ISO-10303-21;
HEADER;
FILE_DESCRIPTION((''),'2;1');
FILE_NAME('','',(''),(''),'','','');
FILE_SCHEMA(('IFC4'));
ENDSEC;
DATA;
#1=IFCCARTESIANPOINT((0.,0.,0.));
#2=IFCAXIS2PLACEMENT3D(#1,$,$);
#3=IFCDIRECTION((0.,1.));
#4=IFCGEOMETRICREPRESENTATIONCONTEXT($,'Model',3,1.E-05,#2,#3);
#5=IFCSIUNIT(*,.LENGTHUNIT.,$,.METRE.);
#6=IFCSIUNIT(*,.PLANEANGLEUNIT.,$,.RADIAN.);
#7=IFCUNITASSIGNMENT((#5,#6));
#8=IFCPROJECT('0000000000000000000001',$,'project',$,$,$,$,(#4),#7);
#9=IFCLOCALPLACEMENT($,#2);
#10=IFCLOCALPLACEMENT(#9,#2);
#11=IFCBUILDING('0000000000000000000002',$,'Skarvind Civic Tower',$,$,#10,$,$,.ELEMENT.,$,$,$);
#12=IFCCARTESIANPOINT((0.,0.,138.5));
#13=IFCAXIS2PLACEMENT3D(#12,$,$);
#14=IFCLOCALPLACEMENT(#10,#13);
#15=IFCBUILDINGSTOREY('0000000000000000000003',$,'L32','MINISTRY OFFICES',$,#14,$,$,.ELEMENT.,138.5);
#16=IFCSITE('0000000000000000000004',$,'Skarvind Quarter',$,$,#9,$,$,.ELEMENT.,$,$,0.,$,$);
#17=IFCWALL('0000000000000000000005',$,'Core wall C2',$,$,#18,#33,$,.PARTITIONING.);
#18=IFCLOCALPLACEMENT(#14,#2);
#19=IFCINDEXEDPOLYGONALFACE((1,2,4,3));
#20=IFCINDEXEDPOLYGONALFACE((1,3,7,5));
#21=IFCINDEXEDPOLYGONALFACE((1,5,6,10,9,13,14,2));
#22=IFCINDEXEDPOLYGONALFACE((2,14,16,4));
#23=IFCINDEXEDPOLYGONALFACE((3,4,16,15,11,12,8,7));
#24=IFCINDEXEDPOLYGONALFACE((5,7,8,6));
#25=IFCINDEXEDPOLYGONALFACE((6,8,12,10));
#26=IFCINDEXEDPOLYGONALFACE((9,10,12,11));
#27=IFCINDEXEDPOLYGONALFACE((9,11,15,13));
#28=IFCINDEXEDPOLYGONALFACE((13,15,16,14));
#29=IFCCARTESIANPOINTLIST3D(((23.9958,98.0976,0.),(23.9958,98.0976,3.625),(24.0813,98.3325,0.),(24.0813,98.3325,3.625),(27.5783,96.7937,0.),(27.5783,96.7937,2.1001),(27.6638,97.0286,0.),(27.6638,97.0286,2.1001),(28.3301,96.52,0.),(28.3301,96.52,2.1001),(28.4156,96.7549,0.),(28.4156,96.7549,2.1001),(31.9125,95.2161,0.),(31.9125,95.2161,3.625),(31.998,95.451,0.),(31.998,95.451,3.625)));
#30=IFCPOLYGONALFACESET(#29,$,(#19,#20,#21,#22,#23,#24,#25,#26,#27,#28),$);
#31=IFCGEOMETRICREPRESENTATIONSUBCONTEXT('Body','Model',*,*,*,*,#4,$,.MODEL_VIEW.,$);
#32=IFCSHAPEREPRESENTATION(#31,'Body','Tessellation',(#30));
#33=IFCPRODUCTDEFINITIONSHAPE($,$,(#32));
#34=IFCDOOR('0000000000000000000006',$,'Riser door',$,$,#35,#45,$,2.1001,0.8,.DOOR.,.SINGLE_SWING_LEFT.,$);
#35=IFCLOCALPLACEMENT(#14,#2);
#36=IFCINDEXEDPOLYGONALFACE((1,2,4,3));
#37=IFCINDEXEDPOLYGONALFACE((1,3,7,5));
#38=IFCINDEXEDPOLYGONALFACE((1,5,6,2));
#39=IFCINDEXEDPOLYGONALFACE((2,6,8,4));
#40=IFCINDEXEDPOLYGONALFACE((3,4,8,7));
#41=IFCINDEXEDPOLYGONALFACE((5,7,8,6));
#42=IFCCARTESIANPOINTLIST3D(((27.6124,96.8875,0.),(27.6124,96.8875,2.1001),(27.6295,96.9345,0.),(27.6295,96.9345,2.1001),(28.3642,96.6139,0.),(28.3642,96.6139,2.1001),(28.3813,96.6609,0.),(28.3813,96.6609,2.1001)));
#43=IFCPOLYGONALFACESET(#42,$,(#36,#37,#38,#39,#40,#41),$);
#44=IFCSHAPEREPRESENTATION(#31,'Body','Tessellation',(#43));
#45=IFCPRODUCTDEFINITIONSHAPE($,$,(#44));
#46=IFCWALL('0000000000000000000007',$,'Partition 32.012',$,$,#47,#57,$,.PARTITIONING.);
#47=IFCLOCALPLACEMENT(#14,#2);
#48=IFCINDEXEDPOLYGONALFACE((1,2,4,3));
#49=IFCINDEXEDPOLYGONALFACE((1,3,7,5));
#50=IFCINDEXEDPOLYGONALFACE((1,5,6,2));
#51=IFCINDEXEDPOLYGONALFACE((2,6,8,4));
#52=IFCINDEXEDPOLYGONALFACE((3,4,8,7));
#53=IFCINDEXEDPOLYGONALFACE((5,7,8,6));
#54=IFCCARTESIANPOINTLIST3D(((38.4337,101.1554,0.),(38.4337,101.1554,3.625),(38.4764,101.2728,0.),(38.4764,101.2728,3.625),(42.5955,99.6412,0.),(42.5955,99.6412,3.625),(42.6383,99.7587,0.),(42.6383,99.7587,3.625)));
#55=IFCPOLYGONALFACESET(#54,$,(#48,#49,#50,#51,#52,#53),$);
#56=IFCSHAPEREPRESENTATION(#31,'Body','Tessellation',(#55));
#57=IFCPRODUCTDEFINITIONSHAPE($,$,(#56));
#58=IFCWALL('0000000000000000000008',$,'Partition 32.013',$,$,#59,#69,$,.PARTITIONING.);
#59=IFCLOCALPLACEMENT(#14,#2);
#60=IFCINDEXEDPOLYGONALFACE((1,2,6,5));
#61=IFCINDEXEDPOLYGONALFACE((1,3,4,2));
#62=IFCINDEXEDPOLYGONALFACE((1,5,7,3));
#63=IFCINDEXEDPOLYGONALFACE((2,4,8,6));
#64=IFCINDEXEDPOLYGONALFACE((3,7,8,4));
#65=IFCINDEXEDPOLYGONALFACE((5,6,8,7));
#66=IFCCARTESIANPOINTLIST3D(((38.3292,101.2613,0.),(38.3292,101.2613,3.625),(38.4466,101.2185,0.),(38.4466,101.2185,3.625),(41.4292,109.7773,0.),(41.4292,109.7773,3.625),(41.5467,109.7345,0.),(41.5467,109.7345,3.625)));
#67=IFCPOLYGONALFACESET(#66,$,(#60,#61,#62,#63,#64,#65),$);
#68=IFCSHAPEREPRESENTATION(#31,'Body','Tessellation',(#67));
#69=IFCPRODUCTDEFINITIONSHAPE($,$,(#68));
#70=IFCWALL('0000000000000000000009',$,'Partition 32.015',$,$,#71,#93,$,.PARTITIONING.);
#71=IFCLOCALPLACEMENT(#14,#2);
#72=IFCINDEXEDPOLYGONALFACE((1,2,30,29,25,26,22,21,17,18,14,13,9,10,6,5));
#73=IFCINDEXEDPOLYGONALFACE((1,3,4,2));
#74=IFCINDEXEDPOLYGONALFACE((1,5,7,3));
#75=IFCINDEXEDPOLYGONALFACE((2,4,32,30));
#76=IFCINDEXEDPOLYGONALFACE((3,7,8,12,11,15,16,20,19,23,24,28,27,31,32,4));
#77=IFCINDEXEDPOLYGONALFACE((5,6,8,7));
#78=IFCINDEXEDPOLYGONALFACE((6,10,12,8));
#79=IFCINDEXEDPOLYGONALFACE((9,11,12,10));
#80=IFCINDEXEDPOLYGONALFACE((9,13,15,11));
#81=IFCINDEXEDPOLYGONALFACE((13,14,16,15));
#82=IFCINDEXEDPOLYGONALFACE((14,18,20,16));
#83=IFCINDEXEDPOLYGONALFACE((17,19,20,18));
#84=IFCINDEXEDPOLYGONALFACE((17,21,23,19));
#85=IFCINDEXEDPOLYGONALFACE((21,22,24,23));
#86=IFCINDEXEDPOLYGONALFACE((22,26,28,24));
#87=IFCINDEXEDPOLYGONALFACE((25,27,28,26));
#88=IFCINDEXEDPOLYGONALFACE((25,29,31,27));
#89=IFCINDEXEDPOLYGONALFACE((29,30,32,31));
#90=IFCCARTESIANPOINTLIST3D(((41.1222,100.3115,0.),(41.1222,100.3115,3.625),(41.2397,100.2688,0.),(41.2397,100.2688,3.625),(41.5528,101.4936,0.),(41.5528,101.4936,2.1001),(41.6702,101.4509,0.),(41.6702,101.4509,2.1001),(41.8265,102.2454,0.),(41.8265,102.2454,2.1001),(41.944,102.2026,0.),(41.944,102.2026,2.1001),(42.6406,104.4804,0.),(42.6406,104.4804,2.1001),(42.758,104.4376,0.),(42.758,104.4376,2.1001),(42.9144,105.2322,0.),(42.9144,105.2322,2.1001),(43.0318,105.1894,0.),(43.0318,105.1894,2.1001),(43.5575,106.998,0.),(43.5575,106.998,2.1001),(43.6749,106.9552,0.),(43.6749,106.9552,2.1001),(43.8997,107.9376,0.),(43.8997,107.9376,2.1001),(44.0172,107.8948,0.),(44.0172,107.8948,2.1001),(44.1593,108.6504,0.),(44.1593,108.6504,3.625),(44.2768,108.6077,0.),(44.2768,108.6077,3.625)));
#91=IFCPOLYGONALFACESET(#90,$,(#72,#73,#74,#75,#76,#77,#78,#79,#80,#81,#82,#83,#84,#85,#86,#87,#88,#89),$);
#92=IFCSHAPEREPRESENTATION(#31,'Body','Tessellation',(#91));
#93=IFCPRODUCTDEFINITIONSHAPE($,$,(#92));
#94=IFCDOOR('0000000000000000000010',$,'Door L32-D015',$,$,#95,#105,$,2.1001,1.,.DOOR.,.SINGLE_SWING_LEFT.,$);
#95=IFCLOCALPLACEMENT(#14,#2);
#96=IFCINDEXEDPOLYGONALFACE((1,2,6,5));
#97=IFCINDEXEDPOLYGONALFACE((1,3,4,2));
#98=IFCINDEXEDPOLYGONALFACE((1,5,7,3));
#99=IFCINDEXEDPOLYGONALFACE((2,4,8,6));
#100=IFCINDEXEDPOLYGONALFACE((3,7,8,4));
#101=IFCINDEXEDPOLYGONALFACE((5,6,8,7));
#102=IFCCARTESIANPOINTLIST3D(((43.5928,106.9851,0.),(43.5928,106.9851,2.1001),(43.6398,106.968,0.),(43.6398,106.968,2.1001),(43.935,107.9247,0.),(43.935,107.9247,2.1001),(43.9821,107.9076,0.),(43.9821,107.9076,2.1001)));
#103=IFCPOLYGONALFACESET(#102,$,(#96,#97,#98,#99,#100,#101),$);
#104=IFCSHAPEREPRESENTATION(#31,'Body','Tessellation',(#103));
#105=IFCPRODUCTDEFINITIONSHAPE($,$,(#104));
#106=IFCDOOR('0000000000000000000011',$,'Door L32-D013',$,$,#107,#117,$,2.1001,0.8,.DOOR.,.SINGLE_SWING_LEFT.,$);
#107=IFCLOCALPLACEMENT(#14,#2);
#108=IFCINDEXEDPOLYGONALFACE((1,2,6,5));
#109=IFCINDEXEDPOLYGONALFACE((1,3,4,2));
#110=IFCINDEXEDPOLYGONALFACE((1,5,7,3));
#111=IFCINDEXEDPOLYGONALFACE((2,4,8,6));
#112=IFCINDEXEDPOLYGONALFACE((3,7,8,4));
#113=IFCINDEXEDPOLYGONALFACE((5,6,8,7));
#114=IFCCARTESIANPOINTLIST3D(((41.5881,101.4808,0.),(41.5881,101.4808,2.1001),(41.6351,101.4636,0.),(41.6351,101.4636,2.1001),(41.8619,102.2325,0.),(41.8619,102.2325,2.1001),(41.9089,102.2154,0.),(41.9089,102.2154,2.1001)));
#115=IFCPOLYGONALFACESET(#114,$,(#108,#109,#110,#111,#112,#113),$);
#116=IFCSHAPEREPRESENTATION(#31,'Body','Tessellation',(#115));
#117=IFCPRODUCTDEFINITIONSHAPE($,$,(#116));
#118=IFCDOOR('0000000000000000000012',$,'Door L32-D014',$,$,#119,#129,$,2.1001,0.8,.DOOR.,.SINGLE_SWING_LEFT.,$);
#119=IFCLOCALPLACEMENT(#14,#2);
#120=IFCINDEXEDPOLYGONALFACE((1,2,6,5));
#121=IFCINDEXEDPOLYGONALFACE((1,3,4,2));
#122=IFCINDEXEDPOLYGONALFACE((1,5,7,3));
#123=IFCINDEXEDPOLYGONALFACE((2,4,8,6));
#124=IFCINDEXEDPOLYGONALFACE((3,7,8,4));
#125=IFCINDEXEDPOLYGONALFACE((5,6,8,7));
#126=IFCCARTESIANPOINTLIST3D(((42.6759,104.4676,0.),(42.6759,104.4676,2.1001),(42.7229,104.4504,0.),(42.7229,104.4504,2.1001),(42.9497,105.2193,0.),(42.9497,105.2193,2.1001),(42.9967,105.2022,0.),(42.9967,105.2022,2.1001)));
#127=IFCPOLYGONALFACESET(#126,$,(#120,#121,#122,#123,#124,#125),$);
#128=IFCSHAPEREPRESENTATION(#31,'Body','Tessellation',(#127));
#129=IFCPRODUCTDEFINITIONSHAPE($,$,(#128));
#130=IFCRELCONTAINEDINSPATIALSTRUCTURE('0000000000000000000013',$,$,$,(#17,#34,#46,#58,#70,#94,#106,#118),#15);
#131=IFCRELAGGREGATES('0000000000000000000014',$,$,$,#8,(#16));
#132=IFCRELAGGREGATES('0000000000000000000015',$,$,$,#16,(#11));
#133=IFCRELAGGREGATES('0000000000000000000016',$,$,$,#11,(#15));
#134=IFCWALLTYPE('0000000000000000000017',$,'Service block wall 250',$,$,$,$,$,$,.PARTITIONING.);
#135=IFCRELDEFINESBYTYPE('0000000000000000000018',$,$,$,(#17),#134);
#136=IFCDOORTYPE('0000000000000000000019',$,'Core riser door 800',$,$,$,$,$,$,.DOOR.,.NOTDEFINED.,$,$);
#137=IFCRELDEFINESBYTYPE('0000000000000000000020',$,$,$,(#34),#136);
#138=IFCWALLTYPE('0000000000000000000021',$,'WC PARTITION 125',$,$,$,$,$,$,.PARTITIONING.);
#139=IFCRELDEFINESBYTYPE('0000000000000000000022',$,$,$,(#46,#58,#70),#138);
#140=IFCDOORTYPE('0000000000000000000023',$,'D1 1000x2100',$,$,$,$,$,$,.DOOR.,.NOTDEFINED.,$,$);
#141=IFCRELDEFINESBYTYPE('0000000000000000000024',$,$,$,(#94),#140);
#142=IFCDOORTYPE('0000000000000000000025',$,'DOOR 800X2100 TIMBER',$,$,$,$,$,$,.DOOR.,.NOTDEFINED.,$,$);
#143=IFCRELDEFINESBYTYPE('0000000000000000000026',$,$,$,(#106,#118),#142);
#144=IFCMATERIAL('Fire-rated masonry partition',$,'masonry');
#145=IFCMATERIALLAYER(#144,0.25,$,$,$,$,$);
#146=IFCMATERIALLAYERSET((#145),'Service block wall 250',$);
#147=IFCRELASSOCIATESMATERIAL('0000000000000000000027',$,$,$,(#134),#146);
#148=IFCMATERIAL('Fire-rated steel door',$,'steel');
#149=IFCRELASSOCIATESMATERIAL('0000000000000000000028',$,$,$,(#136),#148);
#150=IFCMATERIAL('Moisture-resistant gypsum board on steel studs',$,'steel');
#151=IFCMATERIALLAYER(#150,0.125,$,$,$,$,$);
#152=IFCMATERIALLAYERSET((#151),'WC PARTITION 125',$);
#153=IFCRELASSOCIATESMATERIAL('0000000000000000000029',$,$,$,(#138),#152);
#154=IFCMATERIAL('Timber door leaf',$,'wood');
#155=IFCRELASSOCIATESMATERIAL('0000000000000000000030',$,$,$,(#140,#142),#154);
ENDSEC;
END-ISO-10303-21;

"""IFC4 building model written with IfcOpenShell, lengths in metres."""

from ifc_helpers import new_model, si_unit, direction, frame, frame_2d, origin, place, context, subcontext, project, spatial, rectangle, extrude, material, layer, layer_set, type_object, element, fill, save


model = new_model("IFC4")

# Units and contexts
model_context = context("Model", 3, precision=1e-05, world=origin(), true_north=direction((0.0, 1.0)))
body_context = subcontext(model_context, "Body", "Model", "MODEL_VIEW")
ifc_project = project(units=[si_unit("LENGTHUNIT", "METRE"), si_unit("PLANEANGLEUNIT", "RADIAN")], contexts=[model_context])

# Site, building, storey
site_placement = place(None, origin())
site = spatial("IfcSite", under=ifc_project, at=site_placement, Name="Skarvind Quarter", CompositionType="ELEMENT", RefElevation=0.0)
building_placement = place(site_placement, origin())
building = spatial("IfcBuilding", under=site, at=building_placement, Name="Skarvind Civic Tower", CompositionType="ELEMENT")
storey_placement = place(building_placement, frame((0.0, 0.0, 138.5)))
storey = spatial("IfcBuildingStorey", under=building, at=storey_placement, Name="L32", Description="MINISTRY OFFICES", CompositionType="ELEMENT", Elevation=138.5)

# Shared definitions
ifc_material_1 = material(Name="Timber door leaf", Category="wood")
ifc_material_2 = material(Name="Fire-rated masonry partition", Category="masonry")
ifc_material_3 = material(Name="Fire-rated steel door", Category="steel")

# Wall, opening, door
ifc_layer_1 = layer(ifc_material_2, 0.25)
ifc_layer_set_1 = layer_set([ifc_layer_1], Name="Service block wall 250")
wall_type_1 = type_object("IfcWallType", Name="Service block wall 250", PredefinedType="PARTITIONING", material=ifc_layer_set_1)
wall_1_placement = place(storey_placement, frame((24.0386, 98.2151, 0.0), z_axis=(0.0, 0.0, 1.0), x_axis=(0.939688, -0.342034, 0.0)))
wall_1 = element("IfcWall", 1, at=wall_1_placement, inside=storey, type_object=wall_type_1, Name="Core wall C2", PredefinedType="PARTITIONING", context=body_context, shape_type="SweptSolid", body=[
    extrude(rectangle(XDim=8.4248, YDim=0.25, at=frame_2d((4.2124, 0.0))), origin(), (0.0, 0.0, 1.0), 3.625),
])
opening_1_placement = place(wall_1_placement, frame((3.8125, 0.0, 0.0)))
opening_1 = element("IfcOpeningElement", 2, at=opening_1_placement, cuts=wall_1, PredefinedType="OPENING", context=body_context, shape_type="SweptSolid", body=[
    extrude(rectangle(XDim=0.8, YDim=2.1001, at=frame_2d((0.3999, 1.05))), frame((0.0, 0.135, 0.0), z_axis=(0.0, -1.0, 0.0), x_axis=(1.0, 0.0, 0.0)), (0.0, 0.0, 1.0), 0.27),
])
door_type_1 = type_object("IfcDoorType", Name="Core riser door 800", OperationType="NOTDEFINED", PredefinedType="DOOR", material=ifc_material_3)
door_1_placement = place(opening_1_placement, origin())
door_1 = element("IfcDoor", 3, at=door_1_placement, inside=storey, type_object=door_type_1, Name="Riser door", OperationType="SINGLE_SWING_LEFT", OverallHeight=2.1001, OverallWidth=0.8, PredefinedType="DOOR", context=body_context, shape_type="SweptSolid", body=[
    extrude(rectangle(XDim=0.8, YDim=2.1001, at=frame_2d((0.3999, 1.05))), frame((0.0, 0.0249, 0.0), z_axis=(0.0, -1.0, 0.0), x_axis=(1.0, 0.0, 0.0)), (0.0, 0.0, 1.0), 0.05),
])
fill(opening_1, door_1)

# Walls
ifc_material_4 = material(Name="Moisture-resistant gypsum board on steel studs", Category="steel")
ifc_layer_2 = layer(ifc_material_4, 0.125)
ifc_layer_set_2 = layer_set([ifc_layer_2], Name="WC PARTITION 125")
wall_type_2 = type_object("IfcWallType", Name="WC PARTITION 125", PredefinedType="PARTITIONING", material=ifc_layer_set_2)
wall_2_placement = place(storey_placement, frame((38.4551, 101.2141, 0.0), z_axis=(0.0, 0.0, 1.0), x_axis=(0.939739, -0.341894, 0.0)))
element("IfcWall", 4, at=wall_2_placement, inside=storey, type_object=wall_type_2, Name="Partition 32.012", PredefinedType="PARTITIONING", context=body_context, shape_type="SweptSolid", body=[
    extrude(rectangle(XDim=4.4287, YDim=0.125, at=frame_2d((2.2144, 0.0))), origin(), (0.0, 0.0, 1.0), 3.625),
])
wall_3_placement = place(storey_placement, frame((38.3879, 101.24, 0.0), z_axis=(0.0, 0.0, 1.0), x_axis=(0.342067, 0.939675, 0.0)))
element("IfcWall", 5, at=wall_3_placement, inside=storey, type_object=wall_type_2, Name="Partition 32.013", PredefinedType="PARTITIONING", context=body_context, shape_type="SweptSolid", body=[
    extrude(rectangle(XDim=9.0627, YDim=0.125, at=frame_2d((4.5312, 0.0))), origin(), (0.0, 0.0, 1.0), 3.625),
])

# Wall, openings, doors
wall_4_placement = place(storey_placement, frame((41.1809, 100.29, 0.0), z_axis=(0.0, 0.0, 1.0), x_axis=(0.34222, 0.93962, 0.0)))
wall_4 = element("IfcWall", 6, at=wall_4_placement, inside=storey, type_object=wall_type_2, Name="Partition 32.015", PredefinedType="PARTITIONING", context=body_context, shape_type="SweptSolid", body=[
    extrude(rectangle(XDim=8.8748, YDim=0.125, at=frame_2d((4.4375, 0.0))), origin(), (0.0, 0.0, 1.0), 3.625),
])
opening_2_placement = place(wall_4_placement, frame((1.2583, 0.0, 0.0)))
opening_2 = element("IfcOpeningElement", 7, at=opening_2_placement, cuts=wall_4, PredefinedType="OPENING", context=body_context, shape_type="SweptSolid", body=[
    extrude(rectangle(XDim=0.8, YDim=2.1001, at=frame_2d((0.3999, 1.05))), frame((0.0, 0.0725, 0.0), z_axis=(0.0, -1.0, 0.0), x_axis=(1.0, 0.0, 0.0)), (0.0, 0.0, 1.0), 0.145),
])
opening_3_placement = place(wall_4_placement, frame((4.437, 0.0, 0.0)))
opening_3 = element("IfcOpeningElement", 8, at=opening_3_placement, cuts=wall_4, PredefinedType="OPENING", context=body_context, shape_type="SweptSolid", body=[
    extrude(rectangle(XDim=0.8, YDim=2.1001, at=frame_2d((0.3999, 1.05))), frame((0.0, 0.0725, 0.0), z_axis=(0.0, -1.0, 0.0), x_axis=(1.0, 0.0, 0.0)), (0.0, 0.0, 1.0), 0.145),
])
opening_4_placement = place(wall_4_placement, frame((7.1162, 0.0, 0.0)))
opening_4 = element("IfcOpeningElement", 9, at=opening_4_placement, cuts=wall_4, PredefinedType="OPENING", context=body_context, shape_type="SweptSolid", body=[
    extrude(rectangle(XDim=1.0, YDim=2.1001, at=frame_2d((0.5, 1.05))), frame((0.0, 0.0725, 0.0), z_axis=(0.0, -1.0, 0.0), x_axis=(1.0, 0.0, 0.0)), (0.0, 0.0, 1.0), 0.145),
])
door_type_2 = type_object("IfcDoorType", Name="D1 1000x2100", OperationType="NOTDEFINED", PredefinedType="DOOR", material=ifc_material_1)
door_2_placement = place(opening_4_placement, origin())
door_2 = element("IfcDoor", 10, at=door_2_placement, inside=storey, type_object=door_type_2, Name="Door L32-D015", OperationType="SINGLE_SWING_LEFT", OverallHeight=2.1001, OverallWidth=1.0, PredefinedType="DOOR", context=body_context, shape_type="SweptSolid", body=[
    extrude(rectangle(XDim=1.0, YDim=2.1001, at=frame_2d((0.5, 1.05))), frame((0.0, 0.0249, 0.0), z_axis=(0.0, -1.0, 0.0), x_axis=(1.0, 0.0, 0.0)), (0.0, 0.0, 1.0), 0.05),
])
fill(opening_4, door_2)
door_type_3 = type_object("IfcDoorType", Name="DOOR 800X2100 TIMBER", OperationType="NOTDEFINED", PredefinedType="DOOR", material=ifc_material_1)
door_3_placement = place(opening_2_placement, origin())
door_3 = element("IfcDoor", 11, at=door_3_placement, inside=storey, type_object=door_type_3, Name="Door L32-D013", OperationType="SINGLE_SWING_LEFT", OverallHeight=2.1001, OverallWidth=0.8, PredefinedType="DOOR", context=body_context, shape_type="SweptSolid", body=[
    extrude(rectangle(XDim=0.8, YDim=2.1001, at=frame_2d((0.3999, 1.05))), frame((0.0, 0.0249, 0.0), z_axis=(0.0, -1.0, 0.0), x_axis=(1.0, 0.0, 0.0)), (0.0, 0.0, 1.0), 0.05),
])
fill(opening_2, door_3)
door_4_placement = place(opening_3_placement, origin())
door_4 = element("IfcDoor", 12, at=door_4_placement, inside=storey, type_object=door_type_3, Name="Door L32-D014", OperationType="SINGLE_SWING_LEFT", OverallHeight=2.1001, OverallWidth=0.8, PredefinedType="DOOR", context=body_context, shape_type="SweptSolid", body=[
    extrude(rectangle(XDim=0.8, YDim=2.1001, at=frame_2d((0.3999, 1.05))), frame((0.0, 0.0249, 0.0), z_axis=(0.0, -1.0, 0.0), x_axis=(1.0, 0.0, 0.0)), (0.0, 0.0, 1.0), 0.05),
])
fill(opening_3, door_4)

save(model, "model.ifc")
